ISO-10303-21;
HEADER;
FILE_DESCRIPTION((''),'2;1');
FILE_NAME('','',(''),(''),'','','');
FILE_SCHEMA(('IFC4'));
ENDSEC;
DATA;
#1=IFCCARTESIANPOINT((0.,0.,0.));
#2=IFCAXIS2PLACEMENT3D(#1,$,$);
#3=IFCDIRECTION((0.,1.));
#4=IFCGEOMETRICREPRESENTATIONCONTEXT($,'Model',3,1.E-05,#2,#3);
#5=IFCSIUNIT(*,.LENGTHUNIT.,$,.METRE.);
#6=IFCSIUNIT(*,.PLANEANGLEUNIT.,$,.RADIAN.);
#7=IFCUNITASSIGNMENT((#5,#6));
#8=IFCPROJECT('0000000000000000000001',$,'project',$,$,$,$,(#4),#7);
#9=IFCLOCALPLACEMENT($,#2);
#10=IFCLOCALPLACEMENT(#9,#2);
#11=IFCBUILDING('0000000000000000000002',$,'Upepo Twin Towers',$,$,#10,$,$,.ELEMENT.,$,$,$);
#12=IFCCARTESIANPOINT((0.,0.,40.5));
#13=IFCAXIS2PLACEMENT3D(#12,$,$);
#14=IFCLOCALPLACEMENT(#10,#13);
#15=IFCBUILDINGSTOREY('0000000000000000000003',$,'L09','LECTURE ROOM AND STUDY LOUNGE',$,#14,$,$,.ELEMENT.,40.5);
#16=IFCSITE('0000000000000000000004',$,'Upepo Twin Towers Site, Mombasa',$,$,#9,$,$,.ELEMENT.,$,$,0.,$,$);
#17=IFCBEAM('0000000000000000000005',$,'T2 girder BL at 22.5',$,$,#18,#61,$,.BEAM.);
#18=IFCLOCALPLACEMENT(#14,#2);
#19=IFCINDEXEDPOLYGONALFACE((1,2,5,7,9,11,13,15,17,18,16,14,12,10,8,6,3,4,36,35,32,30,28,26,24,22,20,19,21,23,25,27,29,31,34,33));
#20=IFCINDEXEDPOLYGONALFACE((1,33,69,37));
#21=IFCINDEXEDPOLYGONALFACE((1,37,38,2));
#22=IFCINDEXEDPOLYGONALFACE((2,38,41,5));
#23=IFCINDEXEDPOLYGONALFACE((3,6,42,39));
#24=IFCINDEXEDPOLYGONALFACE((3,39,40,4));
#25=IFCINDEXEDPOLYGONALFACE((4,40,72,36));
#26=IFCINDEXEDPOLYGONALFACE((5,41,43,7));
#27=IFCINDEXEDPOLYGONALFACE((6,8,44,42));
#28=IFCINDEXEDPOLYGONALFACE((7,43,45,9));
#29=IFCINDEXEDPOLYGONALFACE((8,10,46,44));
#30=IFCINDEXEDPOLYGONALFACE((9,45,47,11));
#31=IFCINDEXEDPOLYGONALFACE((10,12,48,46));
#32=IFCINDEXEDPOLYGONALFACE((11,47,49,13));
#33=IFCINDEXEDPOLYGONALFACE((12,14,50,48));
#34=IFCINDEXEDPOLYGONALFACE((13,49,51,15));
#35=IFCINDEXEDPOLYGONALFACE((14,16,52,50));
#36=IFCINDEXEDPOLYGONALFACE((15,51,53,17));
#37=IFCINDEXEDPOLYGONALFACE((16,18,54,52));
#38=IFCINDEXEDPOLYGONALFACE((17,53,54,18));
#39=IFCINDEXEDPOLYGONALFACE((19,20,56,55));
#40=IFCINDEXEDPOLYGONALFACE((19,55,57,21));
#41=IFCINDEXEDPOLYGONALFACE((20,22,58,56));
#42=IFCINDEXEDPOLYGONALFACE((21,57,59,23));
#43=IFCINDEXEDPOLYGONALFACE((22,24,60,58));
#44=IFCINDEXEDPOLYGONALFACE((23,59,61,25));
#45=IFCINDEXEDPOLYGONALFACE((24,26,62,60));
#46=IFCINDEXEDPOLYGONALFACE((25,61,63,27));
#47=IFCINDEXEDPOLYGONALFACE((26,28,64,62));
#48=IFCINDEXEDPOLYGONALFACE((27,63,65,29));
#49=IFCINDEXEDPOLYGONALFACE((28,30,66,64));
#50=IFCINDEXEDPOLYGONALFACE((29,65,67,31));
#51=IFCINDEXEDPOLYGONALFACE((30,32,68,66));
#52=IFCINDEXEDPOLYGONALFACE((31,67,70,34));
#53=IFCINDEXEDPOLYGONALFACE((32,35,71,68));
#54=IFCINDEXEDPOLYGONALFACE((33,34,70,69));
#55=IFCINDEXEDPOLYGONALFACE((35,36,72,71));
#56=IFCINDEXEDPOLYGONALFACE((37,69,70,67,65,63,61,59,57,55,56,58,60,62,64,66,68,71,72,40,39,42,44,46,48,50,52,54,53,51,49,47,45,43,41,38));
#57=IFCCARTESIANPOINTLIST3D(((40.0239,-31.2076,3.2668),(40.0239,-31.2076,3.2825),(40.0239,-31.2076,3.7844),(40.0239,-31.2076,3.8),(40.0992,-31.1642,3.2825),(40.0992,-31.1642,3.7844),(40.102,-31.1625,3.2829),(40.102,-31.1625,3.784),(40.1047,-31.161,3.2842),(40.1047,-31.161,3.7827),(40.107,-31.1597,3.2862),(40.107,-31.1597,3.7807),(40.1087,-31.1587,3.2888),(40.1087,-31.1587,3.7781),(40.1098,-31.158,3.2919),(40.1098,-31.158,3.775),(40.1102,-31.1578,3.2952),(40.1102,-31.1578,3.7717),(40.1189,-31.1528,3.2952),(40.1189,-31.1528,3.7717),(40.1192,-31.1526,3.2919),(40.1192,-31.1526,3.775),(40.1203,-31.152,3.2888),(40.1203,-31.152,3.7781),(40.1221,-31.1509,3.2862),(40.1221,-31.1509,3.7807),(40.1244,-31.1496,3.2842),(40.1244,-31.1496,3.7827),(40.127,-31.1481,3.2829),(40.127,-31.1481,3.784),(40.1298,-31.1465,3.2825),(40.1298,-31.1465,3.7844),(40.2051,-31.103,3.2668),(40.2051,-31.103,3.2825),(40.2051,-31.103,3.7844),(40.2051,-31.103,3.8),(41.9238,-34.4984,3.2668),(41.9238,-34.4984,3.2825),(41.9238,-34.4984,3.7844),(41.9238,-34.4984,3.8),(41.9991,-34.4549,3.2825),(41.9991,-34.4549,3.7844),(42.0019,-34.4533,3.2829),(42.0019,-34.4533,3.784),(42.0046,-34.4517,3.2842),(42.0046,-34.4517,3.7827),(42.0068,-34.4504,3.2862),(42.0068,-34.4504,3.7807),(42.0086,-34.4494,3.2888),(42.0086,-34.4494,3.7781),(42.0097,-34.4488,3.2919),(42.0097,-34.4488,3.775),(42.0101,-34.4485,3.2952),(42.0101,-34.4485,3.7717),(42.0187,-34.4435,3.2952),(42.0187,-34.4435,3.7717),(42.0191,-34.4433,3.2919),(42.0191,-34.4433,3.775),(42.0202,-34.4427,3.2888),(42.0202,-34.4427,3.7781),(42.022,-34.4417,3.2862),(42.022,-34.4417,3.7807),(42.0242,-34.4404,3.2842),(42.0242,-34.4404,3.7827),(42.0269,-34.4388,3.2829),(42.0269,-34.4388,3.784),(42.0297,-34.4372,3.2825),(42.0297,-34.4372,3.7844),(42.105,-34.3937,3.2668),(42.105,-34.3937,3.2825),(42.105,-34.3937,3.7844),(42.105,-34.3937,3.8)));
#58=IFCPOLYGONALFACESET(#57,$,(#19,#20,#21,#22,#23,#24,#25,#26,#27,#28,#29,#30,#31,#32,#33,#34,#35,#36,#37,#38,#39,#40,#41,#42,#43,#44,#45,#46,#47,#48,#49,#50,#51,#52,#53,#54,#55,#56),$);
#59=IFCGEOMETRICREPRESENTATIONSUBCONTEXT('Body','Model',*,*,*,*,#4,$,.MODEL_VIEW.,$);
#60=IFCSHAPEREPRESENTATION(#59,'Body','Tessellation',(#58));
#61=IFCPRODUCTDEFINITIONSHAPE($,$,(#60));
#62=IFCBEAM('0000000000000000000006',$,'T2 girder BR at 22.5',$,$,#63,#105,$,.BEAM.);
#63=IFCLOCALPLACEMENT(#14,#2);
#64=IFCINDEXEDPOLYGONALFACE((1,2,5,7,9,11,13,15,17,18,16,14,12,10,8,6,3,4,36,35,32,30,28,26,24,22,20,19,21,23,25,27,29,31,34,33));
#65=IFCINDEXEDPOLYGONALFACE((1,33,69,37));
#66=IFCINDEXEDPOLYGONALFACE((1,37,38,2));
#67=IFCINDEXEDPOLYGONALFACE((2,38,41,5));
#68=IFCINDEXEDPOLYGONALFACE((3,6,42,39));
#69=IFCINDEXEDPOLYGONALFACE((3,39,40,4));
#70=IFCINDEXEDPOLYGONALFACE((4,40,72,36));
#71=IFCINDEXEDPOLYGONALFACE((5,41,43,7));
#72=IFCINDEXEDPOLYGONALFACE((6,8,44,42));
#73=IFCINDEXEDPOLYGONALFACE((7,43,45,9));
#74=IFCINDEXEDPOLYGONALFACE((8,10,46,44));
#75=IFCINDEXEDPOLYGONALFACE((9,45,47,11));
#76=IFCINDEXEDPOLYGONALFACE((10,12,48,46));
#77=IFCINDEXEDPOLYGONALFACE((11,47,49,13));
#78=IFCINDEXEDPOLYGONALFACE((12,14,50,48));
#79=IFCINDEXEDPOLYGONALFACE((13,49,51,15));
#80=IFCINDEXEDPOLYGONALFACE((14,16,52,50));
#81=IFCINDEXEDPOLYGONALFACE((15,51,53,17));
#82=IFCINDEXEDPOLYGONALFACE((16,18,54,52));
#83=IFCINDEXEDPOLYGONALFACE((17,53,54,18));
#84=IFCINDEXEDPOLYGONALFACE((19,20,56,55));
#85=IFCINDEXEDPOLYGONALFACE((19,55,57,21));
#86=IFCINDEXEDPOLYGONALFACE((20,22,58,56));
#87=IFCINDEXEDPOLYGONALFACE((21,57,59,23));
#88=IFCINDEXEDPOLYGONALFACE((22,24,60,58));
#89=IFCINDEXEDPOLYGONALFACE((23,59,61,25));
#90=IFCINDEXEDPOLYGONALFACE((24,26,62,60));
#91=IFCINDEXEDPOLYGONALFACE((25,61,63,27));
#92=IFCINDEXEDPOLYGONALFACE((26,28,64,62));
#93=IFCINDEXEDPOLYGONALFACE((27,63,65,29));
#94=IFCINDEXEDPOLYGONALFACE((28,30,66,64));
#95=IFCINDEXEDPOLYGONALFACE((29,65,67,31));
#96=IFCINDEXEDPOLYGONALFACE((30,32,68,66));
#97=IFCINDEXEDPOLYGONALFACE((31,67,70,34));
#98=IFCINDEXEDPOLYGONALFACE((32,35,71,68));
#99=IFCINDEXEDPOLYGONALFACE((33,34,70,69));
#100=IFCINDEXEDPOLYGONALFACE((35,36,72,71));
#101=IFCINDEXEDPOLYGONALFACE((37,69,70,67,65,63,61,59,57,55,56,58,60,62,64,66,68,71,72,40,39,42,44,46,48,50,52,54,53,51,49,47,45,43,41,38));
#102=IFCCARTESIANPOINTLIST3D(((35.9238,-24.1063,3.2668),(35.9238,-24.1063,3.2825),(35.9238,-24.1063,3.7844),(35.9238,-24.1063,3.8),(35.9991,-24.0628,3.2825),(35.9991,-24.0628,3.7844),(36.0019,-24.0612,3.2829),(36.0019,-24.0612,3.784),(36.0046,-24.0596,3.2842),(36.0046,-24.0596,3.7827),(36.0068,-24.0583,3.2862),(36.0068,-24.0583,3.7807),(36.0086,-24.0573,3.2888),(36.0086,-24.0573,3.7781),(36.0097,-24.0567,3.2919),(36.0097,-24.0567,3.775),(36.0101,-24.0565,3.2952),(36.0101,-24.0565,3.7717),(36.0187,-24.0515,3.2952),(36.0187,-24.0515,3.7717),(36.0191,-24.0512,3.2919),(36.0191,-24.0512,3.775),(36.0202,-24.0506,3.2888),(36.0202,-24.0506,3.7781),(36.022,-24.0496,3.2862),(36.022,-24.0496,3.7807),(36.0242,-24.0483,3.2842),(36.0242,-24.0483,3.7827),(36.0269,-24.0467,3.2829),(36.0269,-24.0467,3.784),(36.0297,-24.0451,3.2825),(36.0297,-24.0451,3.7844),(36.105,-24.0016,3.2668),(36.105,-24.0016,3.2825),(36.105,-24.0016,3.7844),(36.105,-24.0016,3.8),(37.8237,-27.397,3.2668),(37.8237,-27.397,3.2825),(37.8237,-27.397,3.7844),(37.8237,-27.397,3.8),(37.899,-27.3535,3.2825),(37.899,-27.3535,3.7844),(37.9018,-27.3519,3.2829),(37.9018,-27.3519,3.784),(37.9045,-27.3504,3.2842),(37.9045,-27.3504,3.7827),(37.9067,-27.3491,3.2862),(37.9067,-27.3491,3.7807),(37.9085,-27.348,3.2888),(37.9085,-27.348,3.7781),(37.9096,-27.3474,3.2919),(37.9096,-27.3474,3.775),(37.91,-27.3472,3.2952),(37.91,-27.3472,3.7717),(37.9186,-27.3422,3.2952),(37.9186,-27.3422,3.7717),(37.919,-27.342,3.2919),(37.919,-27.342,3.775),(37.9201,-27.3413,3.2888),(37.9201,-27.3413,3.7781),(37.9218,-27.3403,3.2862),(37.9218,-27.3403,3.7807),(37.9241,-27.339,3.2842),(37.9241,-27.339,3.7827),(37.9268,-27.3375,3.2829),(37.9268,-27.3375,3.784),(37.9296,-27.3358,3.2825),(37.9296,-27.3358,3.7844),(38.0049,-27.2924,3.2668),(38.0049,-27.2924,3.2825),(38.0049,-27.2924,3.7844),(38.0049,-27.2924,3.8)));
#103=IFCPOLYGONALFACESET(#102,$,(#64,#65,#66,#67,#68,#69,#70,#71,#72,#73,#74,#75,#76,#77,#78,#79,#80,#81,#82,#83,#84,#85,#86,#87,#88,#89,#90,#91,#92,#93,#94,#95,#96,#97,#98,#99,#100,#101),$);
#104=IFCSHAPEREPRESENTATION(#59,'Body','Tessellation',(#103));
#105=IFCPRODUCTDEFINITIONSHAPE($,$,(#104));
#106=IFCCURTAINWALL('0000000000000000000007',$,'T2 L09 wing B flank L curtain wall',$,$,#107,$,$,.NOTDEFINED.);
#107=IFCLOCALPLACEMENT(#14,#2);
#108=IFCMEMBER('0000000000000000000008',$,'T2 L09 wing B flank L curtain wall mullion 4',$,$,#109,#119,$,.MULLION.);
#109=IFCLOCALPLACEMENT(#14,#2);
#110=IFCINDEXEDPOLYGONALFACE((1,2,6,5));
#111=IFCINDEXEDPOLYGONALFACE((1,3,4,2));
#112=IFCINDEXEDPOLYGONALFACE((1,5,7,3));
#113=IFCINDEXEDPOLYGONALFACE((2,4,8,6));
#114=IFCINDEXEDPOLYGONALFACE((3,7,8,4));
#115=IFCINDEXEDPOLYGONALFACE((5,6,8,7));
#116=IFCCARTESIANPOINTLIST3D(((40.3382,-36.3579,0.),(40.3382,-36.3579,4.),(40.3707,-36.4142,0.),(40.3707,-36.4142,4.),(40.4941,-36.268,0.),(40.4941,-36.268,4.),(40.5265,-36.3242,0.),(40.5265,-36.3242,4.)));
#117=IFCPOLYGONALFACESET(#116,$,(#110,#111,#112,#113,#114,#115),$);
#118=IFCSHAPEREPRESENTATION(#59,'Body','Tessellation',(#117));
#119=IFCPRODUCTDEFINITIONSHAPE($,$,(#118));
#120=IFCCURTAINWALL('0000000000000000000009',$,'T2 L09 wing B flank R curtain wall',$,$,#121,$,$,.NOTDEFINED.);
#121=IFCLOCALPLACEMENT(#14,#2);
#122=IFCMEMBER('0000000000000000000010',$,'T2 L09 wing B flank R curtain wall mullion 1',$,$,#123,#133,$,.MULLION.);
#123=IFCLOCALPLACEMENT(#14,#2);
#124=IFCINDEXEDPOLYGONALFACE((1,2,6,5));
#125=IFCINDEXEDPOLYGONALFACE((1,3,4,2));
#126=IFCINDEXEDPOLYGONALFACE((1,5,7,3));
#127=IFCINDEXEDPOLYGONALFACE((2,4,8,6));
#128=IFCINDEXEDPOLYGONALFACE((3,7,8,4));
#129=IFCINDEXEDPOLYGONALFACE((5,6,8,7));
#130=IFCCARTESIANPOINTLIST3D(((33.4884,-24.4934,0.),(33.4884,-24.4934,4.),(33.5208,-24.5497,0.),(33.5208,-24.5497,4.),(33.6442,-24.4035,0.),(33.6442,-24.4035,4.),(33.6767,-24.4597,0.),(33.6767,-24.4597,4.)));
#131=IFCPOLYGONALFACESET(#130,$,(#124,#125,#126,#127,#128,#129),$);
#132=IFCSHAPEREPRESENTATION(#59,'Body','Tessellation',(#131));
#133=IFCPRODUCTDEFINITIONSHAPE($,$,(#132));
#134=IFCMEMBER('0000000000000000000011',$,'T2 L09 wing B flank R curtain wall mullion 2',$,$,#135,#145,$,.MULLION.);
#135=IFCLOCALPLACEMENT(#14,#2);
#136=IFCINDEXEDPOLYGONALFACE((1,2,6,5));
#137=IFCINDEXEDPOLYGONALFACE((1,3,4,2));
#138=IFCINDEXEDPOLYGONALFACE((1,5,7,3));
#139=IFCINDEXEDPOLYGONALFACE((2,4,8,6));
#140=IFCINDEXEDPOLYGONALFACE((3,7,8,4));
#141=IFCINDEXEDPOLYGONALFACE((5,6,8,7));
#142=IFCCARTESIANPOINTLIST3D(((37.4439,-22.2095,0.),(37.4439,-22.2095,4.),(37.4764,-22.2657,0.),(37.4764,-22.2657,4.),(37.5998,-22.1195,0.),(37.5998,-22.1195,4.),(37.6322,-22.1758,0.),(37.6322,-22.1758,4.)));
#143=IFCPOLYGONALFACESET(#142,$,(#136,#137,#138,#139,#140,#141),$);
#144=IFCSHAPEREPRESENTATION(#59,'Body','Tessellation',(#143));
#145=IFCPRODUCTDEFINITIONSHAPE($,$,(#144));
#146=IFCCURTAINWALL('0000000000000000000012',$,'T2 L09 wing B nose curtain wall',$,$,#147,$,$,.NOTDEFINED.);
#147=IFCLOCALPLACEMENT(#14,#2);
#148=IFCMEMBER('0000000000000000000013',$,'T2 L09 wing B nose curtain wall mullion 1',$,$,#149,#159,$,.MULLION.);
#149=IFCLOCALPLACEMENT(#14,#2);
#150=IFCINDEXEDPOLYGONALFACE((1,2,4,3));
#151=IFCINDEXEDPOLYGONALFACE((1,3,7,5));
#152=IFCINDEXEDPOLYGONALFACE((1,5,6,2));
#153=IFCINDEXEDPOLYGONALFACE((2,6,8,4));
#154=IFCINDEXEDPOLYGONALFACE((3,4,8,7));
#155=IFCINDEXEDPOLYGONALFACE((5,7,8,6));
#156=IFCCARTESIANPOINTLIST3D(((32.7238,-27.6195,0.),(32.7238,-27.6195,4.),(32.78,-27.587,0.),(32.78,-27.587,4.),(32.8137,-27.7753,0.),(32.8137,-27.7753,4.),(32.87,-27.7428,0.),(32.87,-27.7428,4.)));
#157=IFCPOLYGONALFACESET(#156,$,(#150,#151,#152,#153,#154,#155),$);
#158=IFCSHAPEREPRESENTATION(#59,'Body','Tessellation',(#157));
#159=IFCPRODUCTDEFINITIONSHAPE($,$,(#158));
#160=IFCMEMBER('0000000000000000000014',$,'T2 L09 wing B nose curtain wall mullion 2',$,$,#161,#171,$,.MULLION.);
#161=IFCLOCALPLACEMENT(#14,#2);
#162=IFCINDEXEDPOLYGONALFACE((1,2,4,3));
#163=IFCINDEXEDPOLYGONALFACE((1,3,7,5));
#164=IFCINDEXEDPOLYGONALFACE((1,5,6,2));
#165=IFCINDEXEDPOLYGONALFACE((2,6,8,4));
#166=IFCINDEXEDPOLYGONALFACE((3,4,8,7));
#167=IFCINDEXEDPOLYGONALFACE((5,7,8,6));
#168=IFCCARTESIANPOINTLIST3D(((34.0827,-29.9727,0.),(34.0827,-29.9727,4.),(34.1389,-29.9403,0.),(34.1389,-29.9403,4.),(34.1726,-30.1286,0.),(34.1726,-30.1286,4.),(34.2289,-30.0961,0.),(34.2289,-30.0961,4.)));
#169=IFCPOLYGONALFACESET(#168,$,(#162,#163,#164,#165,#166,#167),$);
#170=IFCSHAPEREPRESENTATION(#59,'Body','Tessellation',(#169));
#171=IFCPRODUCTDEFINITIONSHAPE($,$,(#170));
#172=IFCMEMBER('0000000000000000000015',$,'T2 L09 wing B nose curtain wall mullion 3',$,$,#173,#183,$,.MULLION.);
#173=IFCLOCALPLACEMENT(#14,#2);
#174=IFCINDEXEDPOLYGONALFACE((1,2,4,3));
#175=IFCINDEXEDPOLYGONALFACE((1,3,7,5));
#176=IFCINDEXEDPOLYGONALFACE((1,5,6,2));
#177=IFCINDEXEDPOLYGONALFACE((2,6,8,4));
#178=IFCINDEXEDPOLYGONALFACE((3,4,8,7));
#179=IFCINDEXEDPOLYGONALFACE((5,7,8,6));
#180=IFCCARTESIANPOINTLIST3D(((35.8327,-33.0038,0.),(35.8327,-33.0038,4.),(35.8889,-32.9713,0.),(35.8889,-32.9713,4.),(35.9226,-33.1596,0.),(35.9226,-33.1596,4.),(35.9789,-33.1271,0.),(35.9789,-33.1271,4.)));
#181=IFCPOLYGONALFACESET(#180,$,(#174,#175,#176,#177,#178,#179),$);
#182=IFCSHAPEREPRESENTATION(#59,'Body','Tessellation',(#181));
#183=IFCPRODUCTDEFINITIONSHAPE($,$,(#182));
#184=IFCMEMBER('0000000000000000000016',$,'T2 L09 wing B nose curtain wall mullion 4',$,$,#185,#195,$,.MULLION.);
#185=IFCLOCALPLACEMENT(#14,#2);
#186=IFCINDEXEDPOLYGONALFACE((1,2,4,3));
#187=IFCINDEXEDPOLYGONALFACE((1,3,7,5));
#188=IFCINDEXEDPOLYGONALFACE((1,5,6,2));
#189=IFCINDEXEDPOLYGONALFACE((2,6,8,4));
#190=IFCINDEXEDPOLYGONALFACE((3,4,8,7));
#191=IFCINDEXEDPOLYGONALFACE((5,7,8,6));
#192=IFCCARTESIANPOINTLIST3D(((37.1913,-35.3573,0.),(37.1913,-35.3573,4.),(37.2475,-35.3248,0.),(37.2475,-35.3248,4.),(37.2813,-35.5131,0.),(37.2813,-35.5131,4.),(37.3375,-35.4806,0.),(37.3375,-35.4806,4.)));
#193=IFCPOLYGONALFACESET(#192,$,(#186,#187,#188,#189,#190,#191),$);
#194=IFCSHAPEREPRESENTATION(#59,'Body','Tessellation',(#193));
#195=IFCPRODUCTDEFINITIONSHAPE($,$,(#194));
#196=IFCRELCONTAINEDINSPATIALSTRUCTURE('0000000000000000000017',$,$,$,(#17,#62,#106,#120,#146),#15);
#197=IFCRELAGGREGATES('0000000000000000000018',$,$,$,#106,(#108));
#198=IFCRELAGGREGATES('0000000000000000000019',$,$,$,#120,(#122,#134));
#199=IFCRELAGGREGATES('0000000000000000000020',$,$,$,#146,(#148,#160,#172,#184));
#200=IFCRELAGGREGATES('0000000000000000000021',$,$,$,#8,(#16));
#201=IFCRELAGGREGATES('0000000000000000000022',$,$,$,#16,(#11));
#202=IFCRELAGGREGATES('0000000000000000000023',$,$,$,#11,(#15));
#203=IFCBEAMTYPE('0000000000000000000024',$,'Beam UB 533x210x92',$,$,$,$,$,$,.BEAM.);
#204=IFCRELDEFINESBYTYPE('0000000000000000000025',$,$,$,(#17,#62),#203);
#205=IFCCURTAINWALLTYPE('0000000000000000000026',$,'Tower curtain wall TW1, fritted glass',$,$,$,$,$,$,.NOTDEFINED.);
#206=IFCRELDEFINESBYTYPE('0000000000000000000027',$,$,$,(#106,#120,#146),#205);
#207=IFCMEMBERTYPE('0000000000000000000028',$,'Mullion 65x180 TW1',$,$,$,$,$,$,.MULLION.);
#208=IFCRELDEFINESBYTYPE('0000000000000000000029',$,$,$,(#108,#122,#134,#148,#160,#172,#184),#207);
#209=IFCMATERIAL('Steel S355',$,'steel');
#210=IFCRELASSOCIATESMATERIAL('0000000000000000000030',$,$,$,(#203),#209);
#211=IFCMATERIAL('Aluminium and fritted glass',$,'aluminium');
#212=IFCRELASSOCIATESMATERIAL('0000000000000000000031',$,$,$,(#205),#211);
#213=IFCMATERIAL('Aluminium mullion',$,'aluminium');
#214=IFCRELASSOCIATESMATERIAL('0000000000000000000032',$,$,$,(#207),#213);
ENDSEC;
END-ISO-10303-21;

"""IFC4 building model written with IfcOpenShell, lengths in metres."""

from ifc_helpers import new_model, si_unit, direction, frame, origin, origin_2d, place, context, subcontext, project, spatial, rectangle, i_section, extrude, material, material_profile, profile_set, type_object, element, aggregate, save


model = new_model("IFC4")

# Units and contexts
model_context = context("Model", 3, precision=1e-05, world=origin(), true_north=direction((0.0, 1.0)))
body_context = subcontext(model_context, "Body", "Model", "MODEL_VIEW")
ifc_project = project(units=[si_unit("LENGTHUNIT", "METRE"), si_unit("PLANEANGLEUNIT", "RADIAN")], contexts=[model_context])

# Site, building, storey
site_placement = place(None, origin())
site = spatial("IfcSite", under=ifc_project, at=site_placement, Name="Upepo Twin Towers Site, Mombasa", CompositionType="ELEMENT", RefElevation=0.0)
building_placement = place(site_placement, origin())
building = spatial("IfcBuilding", under=site, at=building_placement, Name="Upepo Twin Towers", CompositionType="ELEMENT")
storey_placement = place(building_placement, frame((0.0, 0.0, 40.5)))
storey = spatial("IfcBuildingStorey", under=building, at=storey_placement, Name="L09", Description="LECTURE ROOM AND STUDY LOUNGE", CompositionType="ELEMENT", Elevation=40.5)

# Beams
ifc_material_1 = material(Name="Steel S355", Category="steel")
ifc_material_profile_1 = material_profile(ifc_material_1, i_section(OverallWidth=0.2092, OverallDepth=0.5332, WebThickness=0.01, FlangeThickness=0.0156, FilletRadius=0.0127, at=origin_2d()), Name="UB 533x210x92")
ifc_profile_set_1 = profile_set([ifc_material_profile_1], Name="Steel S355")
beam_type_1 = type_object("IfcBeamType", Name="Beam UB 533x210x92", PredefinedType="BEAM", material=ifc_profile_set_1)
for number, where, z_axis, x_axis, name in (
    (1, (42.0144, -34.446, 3.5334), (-0.499995, 0.866028, 0.0), (-0.866028, -0.499995, 0.0), "T2 girder BL at 22.5"),
    (2, (36.0144, -24.054, 3.5334), (0.499995, -0.866028, 0.0), (0.866028, 0.499995, 0.0), "T2 girder BR at 22.5"),
):
    element("IfcBeam", number, at=place(storey_placement, frame(where, z_axis=z_axis, x_axis=x_axis)), inside=storey, type_object=beam_type_1, Name=name, PredefinedType="BEAM", context=body_context, shape_type="SweptSolid", body=[
        extrude(i_section(OverallWidth=0.2092, OverallDepth=0.5332, WebThickness=0.01, FlangeThickness=0.0156, FilletRadius=0.0127, at=origin_2d()), origin(), (0.0, 0.0, 1.0), 3.7998),
    ])

# Curtain wall, member
ifc_material_2 = material(Name="Aluminium and fritted glass", Category="aluminium")
curtain_wall_type = type_object("IfcCurtainWallType", Name="Tower curtain wall TW1, fritted glass", PredefinedType="NOTDEFINED", material=ifc_material_2)
curtain_wall_1_placement = place(storey_placement, origin())
curtain_wall_1 = element("IfcCurtainWall", 3, at=curtain_wall_1_placement, inside=storey, type_object=curtain_wall_type, Name="T2 L09 wing B flank L curtain wall", PredefinedType="NOTDEFINED")
ifc_material_3 = material(Name="Aluminium mullion", Category="aluminium")
ifc_material_profile_2 = material_profile(ifc_material_3, rectangle(XDim=0.0649, YDim=0.1799, at=origin_2d()), Name="MULLION 65x180")
ifc_profile_set_2 = profile_set([ifc_material_profile_2], Name="Aluminium mullion")
member_type_1 = type_object("IfcMemberType", Name="Mullion 65x180 TW1", PredefinedType="MULLION", material=ifc_profile_set_2)
member_1_placement = place(storey_placement, frame((40.4324, -36.3411, 0.0), z_axis=(0.0, 0.0, 1.0), x_axis=(0.5, -0.866025, 0.0)))
member_1 = element("IfcMember", 4, at=member_1_placement, type_object=member_type_1, Name="T2 L09 wing B flank L curtain wall mullion 4", PredefinedType="MULLION", context=body_context, shape_type="SweptSolid", body=[
    extrude(rectangle(XDim=0.0649, YDim=0.1799, at=origin_2d()), origin(), (0.0, 0.0, 1.0), 4.0),
])
aggregate(curtain_wall_1, [member_1])

# Curtain walls, members
curtain_wall_2_placement = place(storey_placement, origin())
curtain_wall_2 = element("IfcCurtainWall", 5, at=curtain_wall_2_placement, inside=storey, type_object=curtain_wall_type, Name="T2 L09 wing B flank R curtain wall", PredefinedType="NOTDEFINED")
member_2_placement = place(storey_placement, frame((33.5825, -24.4766, 0.0), z_axis=(0.0, 0.0, 1.0), x_axis=(-0.5, 0.866025, 0.0)))
member_2 = element("IfcMember", 6, at=member_2_placement, type_object=member_type_1, Name="T2 L09 wing B flank R curtain wall mullion 1", PredefinedType="MULLION", context=body_context, shape_type="SweptSolid", body=[
    extrude(rectangle(XDim=0.0649, YDim=0.1799, at=origin_2d()), origin(), (0.0, 0.0, 1.0), 4.0),
])
member_3_placement = place(storey_placement, frame((37.5381, -22.1926, 0.0), z_axis=(0.0, 0.0, 1.0), x_axis=(-0.5, 0.866025, 0.0)))
member_3 = element("IfcMember", 7, at=member_3_placement, type_object=member_type_1, Name="T2 L09 wing B flank R curtain wall mullion 2", PredefinedType="MULLION", context=body_context, shape_type="SweptSolid", body=[
    extrude(rectangle(XDim=0.0649, YDim=0.1799, at=origin_2d()), origin(), (0.0, 0.0, 1.0), 4.0),
])
curtain_wall_3_placement = place(storey_placement, origin())
curtain_wall_3 = element("IfcCurtainWall", 8, at=curtain_wall_3_placement, inside=storey, type_object=curtain_wall_type, Name="T2 L09 wing B nose curtain wall", PredefinedType="NOTDEFINED")
member_4_placement = place(storey_placement, frame((32.7969, -27.6812, 0.0), z_axis=(0.0, 0.0, 1.0), x_axis=(0.866025, 0.5, 0.0)))
member_4 = element("IfcMember", 9, at=member_4_placement, type_object=member_type_1, Name="T2 L09 wing B nose curtain wall mullion 1", PredefinedType="MULLION", context=body_context, shape_type="SweptSolid", body=[
    extrude(rectangle(XDim=0.0649, YDim=0.1799, at=origin_2d()), origin(), (0.0, 0.0, 1.0), 4.0),
])
member_5_placement = place(storey_placement, frame((34.1558, -30.0344, 0.0), z_axis=(0.0, 0.0, 1.0), x_axis=(0.866025, 0.5, 0.0)))
member_5 = element("IfcMember", 10, at=member_5_placement, type_object=member_type_1, Name="T2 L09 wing B nose curtain wall mullion 2", PredefinedType="MULLION", context=body_context, shape_type="SweptSolid", body=[
    extrude(rectangle(XDim=0.0649, YDim=0.1799, at=origin_2d()), origin(), (0.0, 0.0, 1.0), 4.0),
])
member_6_placement = place(storey_placement, frame((35.9058, -33.0654, 0.0), z_axis=(0.0, 0.0, 1.0), x_axis=(0.866025, 0.5, 0.0)))
member_6 = element("IfcMember", 11, at=member_6_placement, type_object=member_type_1, Name="T2 L09 wing B nose curtain wall mullion 3", PredefinedType="MULLION", context=body_context, shape_type="SweptSolid", body=[
    extrude(rectangle(XDim=0.0649, YDim=0.1799, at=origin_2d()), origin(), (0.0, 0.0, 1.0), 4.0),
])
member_7_placement = place(storey_placement, frame((37.2644, -35.4189, 0.0), z_axis=(0.0, 0.0, 1.0), x_axis=(0.866025, 0.5, 0.0)))
member_7 = element("IfcMember", 12, at=member_7_placement, type_object=member_type_1, Name="T2 L09 wing B nose curtain wall mullion 4", PredefinedType="MULLION", context=body_context, shape_type="SweptSolid", body=[
    extrude(rectangle(XDim=0.0649, YDim=0.1799, at=origin_2d()), origin(), (0.0, 0.0, 1.0), 4.0),
])

aggregate(curtain_wall_2, [member_2, member_3])
aggregate(curtain_wall_3, [member_4, member_5, member_6, member_7])

save(model, "model.ifc")
